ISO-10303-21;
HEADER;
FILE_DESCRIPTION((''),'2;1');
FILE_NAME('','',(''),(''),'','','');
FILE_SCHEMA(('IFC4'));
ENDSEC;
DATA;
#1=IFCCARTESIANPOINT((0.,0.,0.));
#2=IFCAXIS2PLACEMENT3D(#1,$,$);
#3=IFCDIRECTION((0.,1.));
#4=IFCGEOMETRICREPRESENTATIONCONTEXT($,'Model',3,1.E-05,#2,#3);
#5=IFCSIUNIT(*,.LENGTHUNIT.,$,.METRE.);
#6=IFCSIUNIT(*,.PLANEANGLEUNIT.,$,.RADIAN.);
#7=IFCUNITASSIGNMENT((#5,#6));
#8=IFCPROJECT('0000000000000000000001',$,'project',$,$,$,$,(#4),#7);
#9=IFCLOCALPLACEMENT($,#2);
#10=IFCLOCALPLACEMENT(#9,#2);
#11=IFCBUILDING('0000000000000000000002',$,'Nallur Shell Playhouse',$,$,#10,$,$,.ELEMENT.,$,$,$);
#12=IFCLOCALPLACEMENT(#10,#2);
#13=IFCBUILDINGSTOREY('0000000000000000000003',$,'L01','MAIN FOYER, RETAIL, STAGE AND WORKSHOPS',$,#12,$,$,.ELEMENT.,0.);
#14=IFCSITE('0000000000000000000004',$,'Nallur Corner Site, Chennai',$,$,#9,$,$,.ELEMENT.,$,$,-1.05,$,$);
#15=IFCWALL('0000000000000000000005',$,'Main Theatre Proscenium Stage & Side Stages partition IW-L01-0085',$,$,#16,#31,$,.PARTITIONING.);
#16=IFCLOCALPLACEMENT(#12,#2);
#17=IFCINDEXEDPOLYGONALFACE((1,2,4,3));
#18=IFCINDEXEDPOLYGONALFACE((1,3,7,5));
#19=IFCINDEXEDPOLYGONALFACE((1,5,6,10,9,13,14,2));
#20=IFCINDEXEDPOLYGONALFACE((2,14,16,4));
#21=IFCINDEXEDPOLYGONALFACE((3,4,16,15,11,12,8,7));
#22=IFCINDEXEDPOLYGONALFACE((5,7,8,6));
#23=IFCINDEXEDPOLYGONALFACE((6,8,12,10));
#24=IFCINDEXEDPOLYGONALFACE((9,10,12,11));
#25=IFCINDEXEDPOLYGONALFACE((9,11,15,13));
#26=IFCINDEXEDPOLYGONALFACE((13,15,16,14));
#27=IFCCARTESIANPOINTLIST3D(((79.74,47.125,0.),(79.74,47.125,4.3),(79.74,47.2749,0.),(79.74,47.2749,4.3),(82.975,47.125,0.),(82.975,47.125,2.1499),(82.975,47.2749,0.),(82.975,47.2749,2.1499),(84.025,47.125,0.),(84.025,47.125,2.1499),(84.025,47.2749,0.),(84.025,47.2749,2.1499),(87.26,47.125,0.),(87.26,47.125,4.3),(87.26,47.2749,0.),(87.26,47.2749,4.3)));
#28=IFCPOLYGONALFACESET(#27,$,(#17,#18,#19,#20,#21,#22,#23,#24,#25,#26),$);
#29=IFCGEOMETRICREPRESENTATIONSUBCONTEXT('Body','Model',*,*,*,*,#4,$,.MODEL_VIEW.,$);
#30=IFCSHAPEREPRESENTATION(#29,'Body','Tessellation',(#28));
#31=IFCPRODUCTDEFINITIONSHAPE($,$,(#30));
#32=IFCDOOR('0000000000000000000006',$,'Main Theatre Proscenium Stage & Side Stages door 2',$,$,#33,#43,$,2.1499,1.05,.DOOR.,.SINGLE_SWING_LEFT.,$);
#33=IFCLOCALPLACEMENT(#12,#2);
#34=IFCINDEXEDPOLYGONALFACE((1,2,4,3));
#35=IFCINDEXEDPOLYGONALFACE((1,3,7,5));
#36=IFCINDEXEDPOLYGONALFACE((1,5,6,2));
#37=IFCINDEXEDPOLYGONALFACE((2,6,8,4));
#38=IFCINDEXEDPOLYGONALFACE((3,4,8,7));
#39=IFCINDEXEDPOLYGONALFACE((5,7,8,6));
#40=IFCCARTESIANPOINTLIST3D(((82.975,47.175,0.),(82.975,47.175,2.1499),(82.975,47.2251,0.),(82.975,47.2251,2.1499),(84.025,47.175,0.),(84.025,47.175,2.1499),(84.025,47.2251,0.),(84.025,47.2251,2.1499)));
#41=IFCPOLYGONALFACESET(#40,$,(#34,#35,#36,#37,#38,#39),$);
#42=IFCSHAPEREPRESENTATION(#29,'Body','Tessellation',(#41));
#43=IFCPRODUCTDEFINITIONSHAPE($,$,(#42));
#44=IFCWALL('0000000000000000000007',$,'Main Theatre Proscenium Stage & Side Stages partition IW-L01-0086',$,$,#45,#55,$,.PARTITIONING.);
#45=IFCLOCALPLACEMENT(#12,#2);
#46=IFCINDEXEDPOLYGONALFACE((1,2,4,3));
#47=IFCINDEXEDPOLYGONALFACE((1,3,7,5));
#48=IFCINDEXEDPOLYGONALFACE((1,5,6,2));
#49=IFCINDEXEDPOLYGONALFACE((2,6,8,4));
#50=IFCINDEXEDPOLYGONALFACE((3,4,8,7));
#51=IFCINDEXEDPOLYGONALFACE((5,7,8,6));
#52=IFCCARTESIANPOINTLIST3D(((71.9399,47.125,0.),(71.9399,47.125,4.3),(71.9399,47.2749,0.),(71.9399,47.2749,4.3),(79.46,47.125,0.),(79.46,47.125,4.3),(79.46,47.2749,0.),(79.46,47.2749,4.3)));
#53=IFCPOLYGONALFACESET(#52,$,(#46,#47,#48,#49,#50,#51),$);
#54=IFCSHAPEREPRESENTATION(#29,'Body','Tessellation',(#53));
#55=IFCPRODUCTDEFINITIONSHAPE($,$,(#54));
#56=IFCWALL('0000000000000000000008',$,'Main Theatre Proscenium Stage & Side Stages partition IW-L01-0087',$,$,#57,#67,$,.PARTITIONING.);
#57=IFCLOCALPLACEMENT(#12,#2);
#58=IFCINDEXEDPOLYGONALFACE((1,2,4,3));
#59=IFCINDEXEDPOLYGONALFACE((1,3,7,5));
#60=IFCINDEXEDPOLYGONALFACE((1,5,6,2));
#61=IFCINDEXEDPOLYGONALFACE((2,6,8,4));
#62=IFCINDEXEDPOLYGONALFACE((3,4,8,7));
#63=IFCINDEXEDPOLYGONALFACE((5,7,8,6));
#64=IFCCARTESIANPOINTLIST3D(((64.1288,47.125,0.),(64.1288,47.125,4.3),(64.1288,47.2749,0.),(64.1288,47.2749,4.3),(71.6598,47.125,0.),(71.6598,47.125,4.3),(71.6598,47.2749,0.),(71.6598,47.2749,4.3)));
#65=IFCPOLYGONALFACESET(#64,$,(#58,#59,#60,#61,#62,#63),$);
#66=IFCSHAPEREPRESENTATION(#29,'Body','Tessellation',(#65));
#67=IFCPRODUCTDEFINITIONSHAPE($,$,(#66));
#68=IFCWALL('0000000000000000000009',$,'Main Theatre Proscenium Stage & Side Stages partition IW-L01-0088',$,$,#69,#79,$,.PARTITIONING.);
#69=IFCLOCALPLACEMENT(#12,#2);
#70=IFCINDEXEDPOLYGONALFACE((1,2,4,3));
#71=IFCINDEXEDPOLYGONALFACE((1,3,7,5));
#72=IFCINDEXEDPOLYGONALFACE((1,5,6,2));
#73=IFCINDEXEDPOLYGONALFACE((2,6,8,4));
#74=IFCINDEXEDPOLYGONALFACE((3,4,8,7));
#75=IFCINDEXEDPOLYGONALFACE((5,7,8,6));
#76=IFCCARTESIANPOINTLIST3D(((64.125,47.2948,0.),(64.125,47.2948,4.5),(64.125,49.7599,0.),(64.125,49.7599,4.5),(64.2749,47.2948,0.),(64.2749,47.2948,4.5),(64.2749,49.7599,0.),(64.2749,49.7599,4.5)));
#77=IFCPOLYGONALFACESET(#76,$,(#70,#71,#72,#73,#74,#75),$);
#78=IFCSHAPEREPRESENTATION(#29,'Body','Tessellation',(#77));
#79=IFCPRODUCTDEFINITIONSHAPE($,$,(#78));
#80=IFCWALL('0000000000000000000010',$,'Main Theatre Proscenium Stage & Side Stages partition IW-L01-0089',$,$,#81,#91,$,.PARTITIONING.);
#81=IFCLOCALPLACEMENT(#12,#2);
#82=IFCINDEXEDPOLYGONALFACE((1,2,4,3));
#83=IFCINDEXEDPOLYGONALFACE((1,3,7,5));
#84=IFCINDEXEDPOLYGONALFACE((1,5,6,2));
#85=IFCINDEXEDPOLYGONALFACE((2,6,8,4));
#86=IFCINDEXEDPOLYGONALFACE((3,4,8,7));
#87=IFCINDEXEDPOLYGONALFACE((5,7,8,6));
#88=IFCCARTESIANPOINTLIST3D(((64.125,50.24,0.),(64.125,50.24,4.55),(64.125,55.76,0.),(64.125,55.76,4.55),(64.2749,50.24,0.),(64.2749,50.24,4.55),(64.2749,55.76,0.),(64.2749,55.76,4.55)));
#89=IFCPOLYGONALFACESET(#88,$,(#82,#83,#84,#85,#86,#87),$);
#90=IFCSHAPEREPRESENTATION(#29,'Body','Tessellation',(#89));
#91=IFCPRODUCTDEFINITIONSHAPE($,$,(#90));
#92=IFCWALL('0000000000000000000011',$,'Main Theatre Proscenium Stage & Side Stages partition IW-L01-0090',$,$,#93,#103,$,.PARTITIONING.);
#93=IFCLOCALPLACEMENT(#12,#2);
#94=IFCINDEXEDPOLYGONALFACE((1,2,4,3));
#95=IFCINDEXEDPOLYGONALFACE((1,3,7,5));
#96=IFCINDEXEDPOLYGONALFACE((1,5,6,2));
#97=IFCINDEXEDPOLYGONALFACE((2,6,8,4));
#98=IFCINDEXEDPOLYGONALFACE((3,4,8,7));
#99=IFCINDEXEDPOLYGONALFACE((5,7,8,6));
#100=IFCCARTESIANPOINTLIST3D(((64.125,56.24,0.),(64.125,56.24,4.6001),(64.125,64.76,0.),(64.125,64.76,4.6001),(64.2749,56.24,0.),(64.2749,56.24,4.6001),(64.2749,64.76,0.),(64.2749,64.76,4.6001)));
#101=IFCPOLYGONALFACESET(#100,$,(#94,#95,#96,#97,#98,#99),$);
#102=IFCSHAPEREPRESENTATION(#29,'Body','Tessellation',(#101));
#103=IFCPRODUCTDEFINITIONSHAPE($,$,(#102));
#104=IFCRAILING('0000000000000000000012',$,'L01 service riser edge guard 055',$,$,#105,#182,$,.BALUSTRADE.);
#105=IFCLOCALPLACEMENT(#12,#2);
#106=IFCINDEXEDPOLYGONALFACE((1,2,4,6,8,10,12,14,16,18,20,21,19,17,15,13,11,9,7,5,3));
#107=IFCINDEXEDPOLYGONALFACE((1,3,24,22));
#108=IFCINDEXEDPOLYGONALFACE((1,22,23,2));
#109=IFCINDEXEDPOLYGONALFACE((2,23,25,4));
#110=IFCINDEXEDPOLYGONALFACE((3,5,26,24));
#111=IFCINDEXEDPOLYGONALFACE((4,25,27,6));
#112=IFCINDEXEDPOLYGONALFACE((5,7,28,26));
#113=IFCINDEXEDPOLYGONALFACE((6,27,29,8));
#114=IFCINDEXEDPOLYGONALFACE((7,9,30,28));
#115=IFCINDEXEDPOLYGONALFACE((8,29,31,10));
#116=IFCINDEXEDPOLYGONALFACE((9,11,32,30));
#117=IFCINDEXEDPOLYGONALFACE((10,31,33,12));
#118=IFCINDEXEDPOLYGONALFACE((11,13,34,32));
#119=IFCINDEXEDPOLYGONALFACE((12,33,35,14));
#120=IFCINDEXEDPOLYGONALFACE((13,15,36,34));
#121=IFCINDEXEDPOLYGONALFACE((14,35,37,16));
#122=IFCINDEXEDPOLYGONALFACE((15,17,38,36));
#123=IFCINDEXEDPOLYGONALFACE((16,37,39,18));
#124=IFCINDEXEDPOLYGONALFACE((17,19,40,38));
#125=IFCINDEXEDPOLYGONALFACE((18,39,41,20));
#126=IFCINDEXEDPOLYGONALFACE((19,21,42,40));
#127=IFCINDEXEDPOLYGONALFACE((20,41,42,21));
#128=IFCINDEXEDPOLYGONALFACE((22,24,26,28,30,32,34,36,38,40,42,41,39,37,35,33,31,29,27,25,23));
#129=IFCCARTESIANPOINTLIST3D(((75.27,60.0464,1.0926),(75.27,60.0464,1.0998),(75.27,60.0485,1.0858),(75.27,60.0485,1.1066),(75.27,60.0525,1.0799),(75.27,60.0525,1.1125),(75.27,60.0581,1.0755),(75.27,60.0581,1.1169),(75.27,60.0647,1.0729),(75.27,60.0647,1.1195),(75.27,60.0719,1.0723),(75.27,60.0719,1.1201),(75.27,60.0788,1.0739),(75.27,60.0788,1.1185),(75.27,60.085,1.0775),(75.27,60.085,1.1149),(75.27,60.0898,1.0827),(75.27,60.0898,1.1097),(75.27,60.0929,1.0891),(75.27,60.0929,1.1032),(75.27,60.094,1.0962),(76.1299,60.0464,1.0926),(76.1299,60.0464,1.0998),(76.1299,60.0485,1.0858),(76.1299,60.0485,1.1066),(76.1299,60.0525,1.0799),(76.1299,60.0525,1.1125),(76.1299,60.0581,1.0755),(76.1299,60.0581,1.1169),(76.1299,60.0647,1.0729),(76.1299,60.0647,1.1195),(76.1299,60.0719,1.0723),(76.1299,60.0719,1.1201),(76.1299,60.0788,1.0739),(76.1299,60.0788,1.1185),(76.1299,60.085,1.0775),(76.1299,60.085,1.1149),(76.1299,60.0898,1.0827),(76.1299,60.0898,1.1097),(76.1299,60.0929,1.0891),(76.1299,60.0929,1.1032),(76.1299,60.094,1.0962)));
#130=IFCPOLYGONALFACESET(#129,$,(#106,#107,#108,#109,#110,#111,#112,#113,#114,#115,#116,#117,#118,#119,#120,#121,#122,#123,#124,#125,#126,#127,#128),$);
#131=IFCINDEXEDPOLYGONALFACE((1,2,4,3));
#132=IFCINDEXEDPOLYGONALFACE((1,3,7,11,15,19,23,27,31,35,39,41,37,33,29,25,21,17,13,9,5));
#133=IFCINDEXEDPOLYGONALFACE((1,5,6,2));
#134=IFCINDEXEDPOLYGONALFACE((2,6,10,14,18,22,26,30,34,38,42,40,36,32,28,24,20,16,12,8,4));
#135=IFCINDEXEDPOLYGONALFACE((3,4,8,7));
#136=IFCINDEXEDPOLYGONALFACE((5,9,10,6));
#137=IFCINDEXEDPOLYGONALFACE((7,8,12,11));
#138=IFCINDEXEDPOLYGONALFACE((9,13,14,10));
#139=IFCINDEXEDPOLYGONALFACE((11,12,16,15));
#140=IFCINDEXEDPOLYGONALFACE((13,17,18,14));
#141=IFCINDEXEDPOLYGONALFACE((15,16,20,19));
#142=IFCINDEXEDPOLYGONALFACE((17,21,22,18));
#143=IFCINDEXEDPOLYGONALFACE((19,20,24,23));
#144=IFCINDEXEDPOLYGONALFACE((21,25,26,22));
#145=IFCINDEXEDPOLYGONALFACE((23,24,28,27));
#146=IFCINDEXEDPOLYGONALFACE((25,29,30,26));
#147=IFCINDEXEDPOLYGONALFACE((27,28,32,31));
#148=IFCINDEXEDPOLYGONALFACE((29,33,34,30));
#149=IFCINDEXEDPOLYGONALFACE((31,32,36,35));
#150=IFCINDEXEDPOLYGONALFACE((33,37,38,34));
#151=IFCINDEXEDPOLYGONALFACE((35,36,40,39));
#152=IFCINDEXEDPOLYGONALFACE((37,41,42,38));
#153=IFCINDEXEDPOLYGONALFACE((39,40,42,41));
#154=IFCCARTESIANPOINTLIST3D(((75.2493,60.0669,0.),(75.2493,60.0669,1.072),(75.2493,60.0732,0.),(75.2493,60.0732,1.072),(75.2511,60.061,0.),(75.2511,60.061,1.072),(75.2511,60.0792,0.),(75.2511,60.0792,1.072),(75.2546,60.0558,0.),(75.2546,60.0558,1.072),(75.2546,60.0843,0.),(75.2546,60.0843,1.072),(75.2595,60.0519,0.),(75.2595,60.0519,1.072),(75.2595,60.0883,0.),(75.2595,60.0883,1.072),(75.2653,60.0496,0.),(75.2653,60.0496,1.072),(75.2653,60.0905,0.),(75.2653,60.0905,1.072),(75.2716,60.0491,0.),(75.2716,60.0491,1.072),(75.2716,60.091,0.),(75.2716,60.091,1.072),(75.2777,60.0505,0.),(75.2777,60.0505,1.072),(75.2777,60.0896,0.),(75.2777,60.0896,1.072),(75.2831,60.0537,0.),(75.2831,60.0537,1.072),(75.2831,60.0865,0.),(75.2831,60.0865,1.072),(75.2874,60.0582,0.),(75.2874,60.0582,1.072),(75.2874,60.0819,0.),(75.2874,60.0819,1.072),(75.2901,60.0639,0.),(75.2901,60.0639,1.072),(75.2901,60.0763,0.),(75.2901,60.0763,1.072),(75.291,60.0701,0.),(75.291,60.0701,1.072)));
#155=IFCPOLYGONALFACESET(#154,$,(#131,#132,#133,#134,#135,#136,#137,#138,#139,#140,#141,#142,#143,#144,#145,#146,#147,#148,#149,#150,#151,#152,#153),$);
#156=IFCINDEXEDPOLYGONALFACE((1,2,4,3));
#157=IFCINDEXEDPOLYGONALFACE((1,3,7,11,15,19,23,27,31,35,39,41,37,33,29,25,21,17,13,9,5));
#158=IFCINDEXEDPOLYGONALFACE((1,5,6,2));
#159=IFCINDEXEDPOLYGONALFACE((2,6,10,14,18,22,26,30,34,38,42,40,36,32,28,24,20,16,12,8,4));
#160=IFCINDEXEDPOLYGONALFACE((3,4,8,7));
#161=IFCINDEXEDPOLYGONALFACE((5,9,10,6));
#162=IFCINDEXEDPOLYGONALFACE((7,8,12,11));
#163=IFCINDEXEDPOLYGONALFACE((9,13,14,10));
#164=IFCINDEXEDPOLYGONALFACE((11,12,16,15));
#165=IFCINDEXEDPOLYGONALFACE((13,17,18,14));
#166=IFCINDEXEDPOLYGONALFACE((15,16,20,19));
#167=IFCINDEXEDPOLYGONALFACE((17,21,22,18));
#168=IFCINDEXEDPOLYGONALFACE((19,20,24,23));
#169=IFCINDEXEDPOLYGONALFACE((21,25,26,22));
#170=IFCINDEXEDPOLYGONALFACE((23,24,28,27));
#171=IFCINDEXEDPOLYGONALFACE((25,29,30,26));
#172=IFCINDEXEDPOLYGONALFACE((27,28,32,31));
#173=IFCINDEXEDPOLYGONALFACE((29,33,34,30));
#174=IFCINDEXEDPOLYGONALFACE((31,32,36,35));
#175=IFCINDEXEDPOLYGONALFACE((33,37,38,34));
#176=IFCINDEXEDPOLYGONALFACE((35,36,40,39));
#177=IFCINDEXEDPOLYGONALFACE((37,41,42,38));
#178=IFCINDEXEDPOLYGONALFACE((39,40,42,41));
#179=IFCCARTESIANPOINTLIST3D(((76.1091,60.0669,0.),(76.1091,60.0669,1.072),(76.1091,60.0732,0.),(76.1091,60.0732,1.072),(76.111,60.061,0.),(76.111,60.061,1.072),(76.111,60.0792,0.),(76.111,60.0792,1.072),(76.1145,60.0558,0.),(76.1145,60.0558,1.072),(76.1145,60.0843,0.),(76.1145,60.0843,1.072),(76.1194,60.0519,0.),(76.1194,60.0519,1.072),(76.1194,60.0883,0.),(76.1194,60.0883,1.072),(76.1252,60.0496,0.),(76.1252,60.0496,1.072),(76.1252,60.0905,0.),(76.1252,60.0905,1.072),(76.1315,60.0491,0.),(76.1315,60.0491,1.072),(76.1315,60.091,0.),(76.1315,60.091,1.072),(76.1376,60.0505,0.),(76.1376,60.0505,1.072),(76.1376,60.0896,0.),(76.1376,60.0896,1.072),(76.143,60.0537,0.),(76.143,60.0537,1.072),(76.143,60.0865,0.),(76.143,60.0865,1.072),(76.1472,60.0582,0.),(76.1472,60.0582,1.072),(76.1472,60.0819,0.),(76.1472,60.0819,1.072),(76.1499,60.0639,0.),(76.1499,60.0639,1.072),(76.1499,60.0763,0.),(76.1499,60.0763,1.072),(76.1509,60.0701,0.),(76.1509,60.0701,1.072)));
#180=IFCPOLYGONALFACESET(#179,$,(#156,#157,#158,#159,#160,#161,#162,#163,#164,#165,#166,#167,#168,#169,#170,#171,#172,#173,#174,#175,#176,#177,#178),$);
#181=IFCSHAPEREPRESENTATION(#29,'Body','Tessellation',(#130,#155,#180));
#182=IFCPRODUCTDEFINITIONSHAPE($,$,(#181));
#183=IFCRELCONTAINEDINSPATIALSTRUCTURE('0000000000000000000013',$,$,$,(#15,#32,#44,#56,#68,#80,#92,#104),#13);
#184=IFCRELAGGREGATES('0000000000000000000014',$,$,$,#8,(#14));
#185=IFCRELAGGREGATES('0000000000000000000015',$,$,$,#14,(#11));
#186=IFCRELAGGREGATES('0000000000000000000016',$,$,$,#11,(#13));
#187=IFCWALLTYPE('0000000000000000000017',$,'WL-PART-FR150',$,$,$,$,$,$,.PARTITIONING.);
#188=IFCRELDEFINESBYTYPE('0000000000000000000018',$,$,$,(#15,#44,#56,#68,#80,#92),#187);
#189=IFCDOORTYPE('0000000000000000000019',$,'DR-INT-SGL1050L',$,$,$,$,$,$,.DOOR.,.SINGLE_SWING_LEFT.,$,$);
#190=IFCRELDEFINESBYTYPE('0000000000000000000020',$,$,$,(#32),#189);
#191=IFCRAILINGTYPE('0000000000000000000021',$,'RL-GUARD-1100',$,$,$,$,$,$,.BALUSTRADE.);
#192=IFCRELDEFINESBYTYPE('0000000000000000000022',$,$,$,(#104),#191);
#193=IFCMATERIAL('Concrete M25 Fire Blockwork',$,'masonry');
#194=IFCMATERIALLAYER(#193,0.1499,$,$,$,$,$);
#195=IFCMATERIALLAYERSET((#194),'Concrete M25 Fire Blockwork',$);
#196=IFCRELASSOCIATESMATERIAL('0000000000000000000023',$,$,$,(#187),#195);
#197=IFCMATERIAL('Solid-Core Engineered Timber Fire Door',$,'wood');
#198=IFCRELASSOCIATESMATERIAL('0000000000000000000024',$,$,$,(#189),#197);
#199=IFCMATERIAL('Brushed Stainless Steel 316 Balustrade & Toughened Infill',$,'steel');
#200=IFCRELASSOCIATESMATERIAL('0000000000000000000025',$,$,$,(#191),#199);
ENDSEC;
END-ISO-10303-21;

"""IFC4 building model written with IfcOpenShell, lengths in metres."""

from ifc_helpers import new_model, si_unit, direction, frame, frame_2d, origin, origin_2d, place, context, subcontext, project, spatial, rectangle, circle, extrude, material, layer, layer_set, type_object, element, fill, save


model = new_model("IFC4")

# Units and contexts
model_context = context("Model", 3, precision=1e-05, world=origin(), true_north=direction((0.0, 1.0)))
body_context = subcontext(model_context, "Body", "Model", "MODEL_VIEW")
ifc_project = project(units=[si_unit("LENGTHUNIT", "METRE"), si_unit("PLANEANGLEUNIT", "RADIAN")], contexts=[model_context])

# Site, building, storey
site_placement = place(None, origin())
site = spatial("IfcSite", under=ifc_project, at=site_placement, Name="Nallur Corner Site, Chennai", CompositionType="ELEMENT", RefElevation=-1.05)
building_placement = place(site_placement, origin())
building = spatial("IfcBuilding", under=site, at=building_placement, Name="Nallur Shell Playhouse", CompositionType="ELEMENT")
storey_placement = place(building_placement, origin())
storey = spatial("IfcBuildingStorey", under=building, at=storey_placement, Name="L01", Description="MAIN FOYER, RETAIL, STAGE AND WORKSHOPS", CompositionType="ELEMENT", Elevation=0.0)

# Wall, opening, door
ifc_material_1 = material(Name="Concrete M25 Fire Blockwork", Category="masonry")
ifc_layer_1 = layer(ifc_material_1, 0.1499)
ifc_layer_set_1 = layer_set([ifc_layer_1], Name="Concrete M25 Fire Blockwork")
wall_type = type_object("IfcWallType", Name="WL-PART-FR150", PredefinedType="PARTITIONING", material=ifc_layer_set_1)
wall_1_placement = place(storey_placement, frame((87.26, 47.2, 0.0), z_axis=(0.0, 0.0, 1.0), x_axis=(-1.0, 0.0, 0.0)))
wall_1 = element("IfcWall", 1, at=wall_1_placement, inside=storey, type_object=wall_type, Name="Main Theatre Proscenium Stage & Side Stages partition IW-L01-0085", PredefinedType="PARTITIONING", context=body_context, shape_type="SweptSolid", body=[
    extrude(rectangle(XDim=7.52, YDim=0.1499, at=frame_2d((3.76, 0.0))), origin(), (0.0, 0.0, 1.0), 4.3),
])
opening_placement = place(wall_1_placement, frame((3.2351, 0.0, 0.0)))
opening = element("IfcOpeningElement", 2, at=opening_placement, cuts=wall_1, PredefinedType="OPENING", context=body_context, shape_type="SweptSolid", body=[
    extrude(rectangle(XDim=1.05, YDim=2.1499, at=frame_2d((0.5249, 1.075))), frame((0.0, 0.085, 0.0), z_axis=(0.0, -1.0, 0.0), x_axis=(1.0, 0.0, 0.0)), (0.0, 0.0, 1.0), 0.1699),
])
ifc_material_2 = material(Name="Solid-Core Engineered Timber Fire Door", Category="wood")
door_type = type_object("IfcDoorType", Name="DR-INT-SGL1050L", OperationType="SINGLE_SWING_LEFT", PredefinedType="DOOR", material=ifc_material_2)
door_placement = place(opening_placement, origin())
door = element("IfcDoor", 3, at=door_placement, inside=storey, type_object=door_type, Name="Main Theatre Proscenium Stage & Side Stages door 2", OperationType="SINGLE_SWING_LEFT", OverallHeight=2.1499, OverallWidth=1.05, PredefinedType="DOOR", context=body_context, shape_type="SweptSolid", body=[
    extrude(rectangle(XDim=1.05, YDim=2.1499, at=frame_2d((0.5249, 1.075))), frame((0.0, 0.0249, 0.0), z_axis=(0.0, -1.0, 0.0), x_axis=(1.0, 0.0, 0.0)), (0.0, 0.0, 1.0), 0.05),
])
fill(opening, door)

# Walls
wall_2_placement = place(storey_placement, frame((79.46, 47.2, 0.0), z_axis=(0.0, 0.0, 1.0), x_axis=(-1.0, 0.0, 0.0)))
element("IfcWall", 4, at=wall_2_placement, inside=storey, type_object=wall_type, Name="Main Theatre Proscenium Stage & Side Stages partition IW-L01-0086", PredefinedType="PARTITIONING", context=body_context, shape_type="SweptSolid", body=[
    extrude(rectangle(XDim=7.52, YDim=0.1499, at=frame_2d((3.76, 0.0))), origin(), (0.0, 0.0, 1.0), 4.3),
])
wall_3_placement = place(storey_placement, frame((71.6599, 47.2, 0.0), z_axis=(0.0, 0.0, 1.0), x_axis=(-1.0, 0.0, 0.0)))
element("IfcWall", 5, at=wall_3_placement, inside=storey, type_object=wall_type, Name="Main Theatre Proscenium Stage & Side Stages partition IW-L01-0087", PredefinedType="PARTITIONING", context=body_context, shape_type="SweptSolid", body=[
    extrude(rectangle(XDim=7.531, YDim=0.1499, at=frame_2d((3.7656, 0.0))), origin(), (0.0, 0.0, 1.0), 4.3),
])
wall_4_placement = place(storey_placement, frame((64.2, 47.2949, 0.0), z_axis=(0.0, 0.0, 1.0), x_axis=(0.0, 1.0, 0.0)))
element("IfcWall", 6, at=wall_4_placement, inside=storey, type_object=wall_type, Name="Main Theatre Proscenium Stage & Side Stages partition IW-L01-0088", PredefinedType="PARTITIONING", context=body_context, shape_type="SweptSolid", body=[
    extrude(rectangle(XDim=2.4651, YDim=0.1499, at=frame_2d((1.2324, 0.0))), origin(), (0.0, 0.0, 1.0), 4.5),
])
wall_5_placement = place(storey_placement, frame((64.2, 50.24, 0.0), z_axis=(0.0, 0.0, 1.0), x_axis=(0.0, 1.0, 0.0)))
element("IfcWall", 7, at=wall_5_placement, inside=storey, type_object=wall_type, Name="Main Theatre Proscenium Stage & Side Stages partition IW-L01-0089", PredefinedType="PARTITIONING", context=body_context, shape_type="SweptSolid", body=[
    extrude(rectangle(XDim=5.52, YDim=0.1499, at=frame_2d((2.76, 0.0))), origin(), (0.0, 0.0, 1.0), 4.55),
])
wall_6_placement = place(storey_placement, frame((64.2, 56.24, 0.0), z_axis=(0.0, 0.0, 1.0), x_axis=(0.0, 1.0, 0.0)))
element("IfcWall", 8, at=wall_6_placement, inside=storey, type_object=wall_type, Name="Main Theatre Proscenium Stage & Side Stages partition IW-L01-0090", PredefinedType="PARTITIONING", context=body_context, shape_type="SweptSolid", body=[
    extrude(rectangle(XDim=8.52, YDim=0.1499, at=frame_2d((4.26, 0.0))), origin(), (0.0, 0.0, 1.0), 4.6001),
])

# Railing
ifc_material_3 = material(Name="Brushed Stainless Steel 316 Balustrade & Toughened Infill", Category="steel")
railing_type = type_object("IfcRailingType", Name="RL-GUARD-1100", PredefinedType="BALUSTRADE", material=ifc_material_3)
railing_1_placement = place(storey_placement, frame((75.27, 60.0701, 0.0)))
element("IfcRailing", 9, at=railing_1_placement, inside=storey, type_object=railing_type, Name="L01 service riser edge guard 055", PredefinedType="BALUSTRADE", context=body_context, shape_type="SweptSolid", body=[
    extrude(circle(Radius=0.0239, at=origin_2d()), frame((0.0, 0.0, 1.0962), z_axis=(1.0, 0.0, 0.0), x_axis=(0.0, 1.0, 0.0)), (0.0, 0.0, 1.0), 0.8599),
    extrude(circle(Radius=0.021, at=origin_2d()), origin(), (0.0, 0.0, 1.0), 1.072),
    extrude(circle(Radius=0.021, at=origin_2d()), frame((0.8599, 0.0, 0.0)), (0.0, 0.0, 1.0), 1.072),
])

save(model, "model.ifc")
